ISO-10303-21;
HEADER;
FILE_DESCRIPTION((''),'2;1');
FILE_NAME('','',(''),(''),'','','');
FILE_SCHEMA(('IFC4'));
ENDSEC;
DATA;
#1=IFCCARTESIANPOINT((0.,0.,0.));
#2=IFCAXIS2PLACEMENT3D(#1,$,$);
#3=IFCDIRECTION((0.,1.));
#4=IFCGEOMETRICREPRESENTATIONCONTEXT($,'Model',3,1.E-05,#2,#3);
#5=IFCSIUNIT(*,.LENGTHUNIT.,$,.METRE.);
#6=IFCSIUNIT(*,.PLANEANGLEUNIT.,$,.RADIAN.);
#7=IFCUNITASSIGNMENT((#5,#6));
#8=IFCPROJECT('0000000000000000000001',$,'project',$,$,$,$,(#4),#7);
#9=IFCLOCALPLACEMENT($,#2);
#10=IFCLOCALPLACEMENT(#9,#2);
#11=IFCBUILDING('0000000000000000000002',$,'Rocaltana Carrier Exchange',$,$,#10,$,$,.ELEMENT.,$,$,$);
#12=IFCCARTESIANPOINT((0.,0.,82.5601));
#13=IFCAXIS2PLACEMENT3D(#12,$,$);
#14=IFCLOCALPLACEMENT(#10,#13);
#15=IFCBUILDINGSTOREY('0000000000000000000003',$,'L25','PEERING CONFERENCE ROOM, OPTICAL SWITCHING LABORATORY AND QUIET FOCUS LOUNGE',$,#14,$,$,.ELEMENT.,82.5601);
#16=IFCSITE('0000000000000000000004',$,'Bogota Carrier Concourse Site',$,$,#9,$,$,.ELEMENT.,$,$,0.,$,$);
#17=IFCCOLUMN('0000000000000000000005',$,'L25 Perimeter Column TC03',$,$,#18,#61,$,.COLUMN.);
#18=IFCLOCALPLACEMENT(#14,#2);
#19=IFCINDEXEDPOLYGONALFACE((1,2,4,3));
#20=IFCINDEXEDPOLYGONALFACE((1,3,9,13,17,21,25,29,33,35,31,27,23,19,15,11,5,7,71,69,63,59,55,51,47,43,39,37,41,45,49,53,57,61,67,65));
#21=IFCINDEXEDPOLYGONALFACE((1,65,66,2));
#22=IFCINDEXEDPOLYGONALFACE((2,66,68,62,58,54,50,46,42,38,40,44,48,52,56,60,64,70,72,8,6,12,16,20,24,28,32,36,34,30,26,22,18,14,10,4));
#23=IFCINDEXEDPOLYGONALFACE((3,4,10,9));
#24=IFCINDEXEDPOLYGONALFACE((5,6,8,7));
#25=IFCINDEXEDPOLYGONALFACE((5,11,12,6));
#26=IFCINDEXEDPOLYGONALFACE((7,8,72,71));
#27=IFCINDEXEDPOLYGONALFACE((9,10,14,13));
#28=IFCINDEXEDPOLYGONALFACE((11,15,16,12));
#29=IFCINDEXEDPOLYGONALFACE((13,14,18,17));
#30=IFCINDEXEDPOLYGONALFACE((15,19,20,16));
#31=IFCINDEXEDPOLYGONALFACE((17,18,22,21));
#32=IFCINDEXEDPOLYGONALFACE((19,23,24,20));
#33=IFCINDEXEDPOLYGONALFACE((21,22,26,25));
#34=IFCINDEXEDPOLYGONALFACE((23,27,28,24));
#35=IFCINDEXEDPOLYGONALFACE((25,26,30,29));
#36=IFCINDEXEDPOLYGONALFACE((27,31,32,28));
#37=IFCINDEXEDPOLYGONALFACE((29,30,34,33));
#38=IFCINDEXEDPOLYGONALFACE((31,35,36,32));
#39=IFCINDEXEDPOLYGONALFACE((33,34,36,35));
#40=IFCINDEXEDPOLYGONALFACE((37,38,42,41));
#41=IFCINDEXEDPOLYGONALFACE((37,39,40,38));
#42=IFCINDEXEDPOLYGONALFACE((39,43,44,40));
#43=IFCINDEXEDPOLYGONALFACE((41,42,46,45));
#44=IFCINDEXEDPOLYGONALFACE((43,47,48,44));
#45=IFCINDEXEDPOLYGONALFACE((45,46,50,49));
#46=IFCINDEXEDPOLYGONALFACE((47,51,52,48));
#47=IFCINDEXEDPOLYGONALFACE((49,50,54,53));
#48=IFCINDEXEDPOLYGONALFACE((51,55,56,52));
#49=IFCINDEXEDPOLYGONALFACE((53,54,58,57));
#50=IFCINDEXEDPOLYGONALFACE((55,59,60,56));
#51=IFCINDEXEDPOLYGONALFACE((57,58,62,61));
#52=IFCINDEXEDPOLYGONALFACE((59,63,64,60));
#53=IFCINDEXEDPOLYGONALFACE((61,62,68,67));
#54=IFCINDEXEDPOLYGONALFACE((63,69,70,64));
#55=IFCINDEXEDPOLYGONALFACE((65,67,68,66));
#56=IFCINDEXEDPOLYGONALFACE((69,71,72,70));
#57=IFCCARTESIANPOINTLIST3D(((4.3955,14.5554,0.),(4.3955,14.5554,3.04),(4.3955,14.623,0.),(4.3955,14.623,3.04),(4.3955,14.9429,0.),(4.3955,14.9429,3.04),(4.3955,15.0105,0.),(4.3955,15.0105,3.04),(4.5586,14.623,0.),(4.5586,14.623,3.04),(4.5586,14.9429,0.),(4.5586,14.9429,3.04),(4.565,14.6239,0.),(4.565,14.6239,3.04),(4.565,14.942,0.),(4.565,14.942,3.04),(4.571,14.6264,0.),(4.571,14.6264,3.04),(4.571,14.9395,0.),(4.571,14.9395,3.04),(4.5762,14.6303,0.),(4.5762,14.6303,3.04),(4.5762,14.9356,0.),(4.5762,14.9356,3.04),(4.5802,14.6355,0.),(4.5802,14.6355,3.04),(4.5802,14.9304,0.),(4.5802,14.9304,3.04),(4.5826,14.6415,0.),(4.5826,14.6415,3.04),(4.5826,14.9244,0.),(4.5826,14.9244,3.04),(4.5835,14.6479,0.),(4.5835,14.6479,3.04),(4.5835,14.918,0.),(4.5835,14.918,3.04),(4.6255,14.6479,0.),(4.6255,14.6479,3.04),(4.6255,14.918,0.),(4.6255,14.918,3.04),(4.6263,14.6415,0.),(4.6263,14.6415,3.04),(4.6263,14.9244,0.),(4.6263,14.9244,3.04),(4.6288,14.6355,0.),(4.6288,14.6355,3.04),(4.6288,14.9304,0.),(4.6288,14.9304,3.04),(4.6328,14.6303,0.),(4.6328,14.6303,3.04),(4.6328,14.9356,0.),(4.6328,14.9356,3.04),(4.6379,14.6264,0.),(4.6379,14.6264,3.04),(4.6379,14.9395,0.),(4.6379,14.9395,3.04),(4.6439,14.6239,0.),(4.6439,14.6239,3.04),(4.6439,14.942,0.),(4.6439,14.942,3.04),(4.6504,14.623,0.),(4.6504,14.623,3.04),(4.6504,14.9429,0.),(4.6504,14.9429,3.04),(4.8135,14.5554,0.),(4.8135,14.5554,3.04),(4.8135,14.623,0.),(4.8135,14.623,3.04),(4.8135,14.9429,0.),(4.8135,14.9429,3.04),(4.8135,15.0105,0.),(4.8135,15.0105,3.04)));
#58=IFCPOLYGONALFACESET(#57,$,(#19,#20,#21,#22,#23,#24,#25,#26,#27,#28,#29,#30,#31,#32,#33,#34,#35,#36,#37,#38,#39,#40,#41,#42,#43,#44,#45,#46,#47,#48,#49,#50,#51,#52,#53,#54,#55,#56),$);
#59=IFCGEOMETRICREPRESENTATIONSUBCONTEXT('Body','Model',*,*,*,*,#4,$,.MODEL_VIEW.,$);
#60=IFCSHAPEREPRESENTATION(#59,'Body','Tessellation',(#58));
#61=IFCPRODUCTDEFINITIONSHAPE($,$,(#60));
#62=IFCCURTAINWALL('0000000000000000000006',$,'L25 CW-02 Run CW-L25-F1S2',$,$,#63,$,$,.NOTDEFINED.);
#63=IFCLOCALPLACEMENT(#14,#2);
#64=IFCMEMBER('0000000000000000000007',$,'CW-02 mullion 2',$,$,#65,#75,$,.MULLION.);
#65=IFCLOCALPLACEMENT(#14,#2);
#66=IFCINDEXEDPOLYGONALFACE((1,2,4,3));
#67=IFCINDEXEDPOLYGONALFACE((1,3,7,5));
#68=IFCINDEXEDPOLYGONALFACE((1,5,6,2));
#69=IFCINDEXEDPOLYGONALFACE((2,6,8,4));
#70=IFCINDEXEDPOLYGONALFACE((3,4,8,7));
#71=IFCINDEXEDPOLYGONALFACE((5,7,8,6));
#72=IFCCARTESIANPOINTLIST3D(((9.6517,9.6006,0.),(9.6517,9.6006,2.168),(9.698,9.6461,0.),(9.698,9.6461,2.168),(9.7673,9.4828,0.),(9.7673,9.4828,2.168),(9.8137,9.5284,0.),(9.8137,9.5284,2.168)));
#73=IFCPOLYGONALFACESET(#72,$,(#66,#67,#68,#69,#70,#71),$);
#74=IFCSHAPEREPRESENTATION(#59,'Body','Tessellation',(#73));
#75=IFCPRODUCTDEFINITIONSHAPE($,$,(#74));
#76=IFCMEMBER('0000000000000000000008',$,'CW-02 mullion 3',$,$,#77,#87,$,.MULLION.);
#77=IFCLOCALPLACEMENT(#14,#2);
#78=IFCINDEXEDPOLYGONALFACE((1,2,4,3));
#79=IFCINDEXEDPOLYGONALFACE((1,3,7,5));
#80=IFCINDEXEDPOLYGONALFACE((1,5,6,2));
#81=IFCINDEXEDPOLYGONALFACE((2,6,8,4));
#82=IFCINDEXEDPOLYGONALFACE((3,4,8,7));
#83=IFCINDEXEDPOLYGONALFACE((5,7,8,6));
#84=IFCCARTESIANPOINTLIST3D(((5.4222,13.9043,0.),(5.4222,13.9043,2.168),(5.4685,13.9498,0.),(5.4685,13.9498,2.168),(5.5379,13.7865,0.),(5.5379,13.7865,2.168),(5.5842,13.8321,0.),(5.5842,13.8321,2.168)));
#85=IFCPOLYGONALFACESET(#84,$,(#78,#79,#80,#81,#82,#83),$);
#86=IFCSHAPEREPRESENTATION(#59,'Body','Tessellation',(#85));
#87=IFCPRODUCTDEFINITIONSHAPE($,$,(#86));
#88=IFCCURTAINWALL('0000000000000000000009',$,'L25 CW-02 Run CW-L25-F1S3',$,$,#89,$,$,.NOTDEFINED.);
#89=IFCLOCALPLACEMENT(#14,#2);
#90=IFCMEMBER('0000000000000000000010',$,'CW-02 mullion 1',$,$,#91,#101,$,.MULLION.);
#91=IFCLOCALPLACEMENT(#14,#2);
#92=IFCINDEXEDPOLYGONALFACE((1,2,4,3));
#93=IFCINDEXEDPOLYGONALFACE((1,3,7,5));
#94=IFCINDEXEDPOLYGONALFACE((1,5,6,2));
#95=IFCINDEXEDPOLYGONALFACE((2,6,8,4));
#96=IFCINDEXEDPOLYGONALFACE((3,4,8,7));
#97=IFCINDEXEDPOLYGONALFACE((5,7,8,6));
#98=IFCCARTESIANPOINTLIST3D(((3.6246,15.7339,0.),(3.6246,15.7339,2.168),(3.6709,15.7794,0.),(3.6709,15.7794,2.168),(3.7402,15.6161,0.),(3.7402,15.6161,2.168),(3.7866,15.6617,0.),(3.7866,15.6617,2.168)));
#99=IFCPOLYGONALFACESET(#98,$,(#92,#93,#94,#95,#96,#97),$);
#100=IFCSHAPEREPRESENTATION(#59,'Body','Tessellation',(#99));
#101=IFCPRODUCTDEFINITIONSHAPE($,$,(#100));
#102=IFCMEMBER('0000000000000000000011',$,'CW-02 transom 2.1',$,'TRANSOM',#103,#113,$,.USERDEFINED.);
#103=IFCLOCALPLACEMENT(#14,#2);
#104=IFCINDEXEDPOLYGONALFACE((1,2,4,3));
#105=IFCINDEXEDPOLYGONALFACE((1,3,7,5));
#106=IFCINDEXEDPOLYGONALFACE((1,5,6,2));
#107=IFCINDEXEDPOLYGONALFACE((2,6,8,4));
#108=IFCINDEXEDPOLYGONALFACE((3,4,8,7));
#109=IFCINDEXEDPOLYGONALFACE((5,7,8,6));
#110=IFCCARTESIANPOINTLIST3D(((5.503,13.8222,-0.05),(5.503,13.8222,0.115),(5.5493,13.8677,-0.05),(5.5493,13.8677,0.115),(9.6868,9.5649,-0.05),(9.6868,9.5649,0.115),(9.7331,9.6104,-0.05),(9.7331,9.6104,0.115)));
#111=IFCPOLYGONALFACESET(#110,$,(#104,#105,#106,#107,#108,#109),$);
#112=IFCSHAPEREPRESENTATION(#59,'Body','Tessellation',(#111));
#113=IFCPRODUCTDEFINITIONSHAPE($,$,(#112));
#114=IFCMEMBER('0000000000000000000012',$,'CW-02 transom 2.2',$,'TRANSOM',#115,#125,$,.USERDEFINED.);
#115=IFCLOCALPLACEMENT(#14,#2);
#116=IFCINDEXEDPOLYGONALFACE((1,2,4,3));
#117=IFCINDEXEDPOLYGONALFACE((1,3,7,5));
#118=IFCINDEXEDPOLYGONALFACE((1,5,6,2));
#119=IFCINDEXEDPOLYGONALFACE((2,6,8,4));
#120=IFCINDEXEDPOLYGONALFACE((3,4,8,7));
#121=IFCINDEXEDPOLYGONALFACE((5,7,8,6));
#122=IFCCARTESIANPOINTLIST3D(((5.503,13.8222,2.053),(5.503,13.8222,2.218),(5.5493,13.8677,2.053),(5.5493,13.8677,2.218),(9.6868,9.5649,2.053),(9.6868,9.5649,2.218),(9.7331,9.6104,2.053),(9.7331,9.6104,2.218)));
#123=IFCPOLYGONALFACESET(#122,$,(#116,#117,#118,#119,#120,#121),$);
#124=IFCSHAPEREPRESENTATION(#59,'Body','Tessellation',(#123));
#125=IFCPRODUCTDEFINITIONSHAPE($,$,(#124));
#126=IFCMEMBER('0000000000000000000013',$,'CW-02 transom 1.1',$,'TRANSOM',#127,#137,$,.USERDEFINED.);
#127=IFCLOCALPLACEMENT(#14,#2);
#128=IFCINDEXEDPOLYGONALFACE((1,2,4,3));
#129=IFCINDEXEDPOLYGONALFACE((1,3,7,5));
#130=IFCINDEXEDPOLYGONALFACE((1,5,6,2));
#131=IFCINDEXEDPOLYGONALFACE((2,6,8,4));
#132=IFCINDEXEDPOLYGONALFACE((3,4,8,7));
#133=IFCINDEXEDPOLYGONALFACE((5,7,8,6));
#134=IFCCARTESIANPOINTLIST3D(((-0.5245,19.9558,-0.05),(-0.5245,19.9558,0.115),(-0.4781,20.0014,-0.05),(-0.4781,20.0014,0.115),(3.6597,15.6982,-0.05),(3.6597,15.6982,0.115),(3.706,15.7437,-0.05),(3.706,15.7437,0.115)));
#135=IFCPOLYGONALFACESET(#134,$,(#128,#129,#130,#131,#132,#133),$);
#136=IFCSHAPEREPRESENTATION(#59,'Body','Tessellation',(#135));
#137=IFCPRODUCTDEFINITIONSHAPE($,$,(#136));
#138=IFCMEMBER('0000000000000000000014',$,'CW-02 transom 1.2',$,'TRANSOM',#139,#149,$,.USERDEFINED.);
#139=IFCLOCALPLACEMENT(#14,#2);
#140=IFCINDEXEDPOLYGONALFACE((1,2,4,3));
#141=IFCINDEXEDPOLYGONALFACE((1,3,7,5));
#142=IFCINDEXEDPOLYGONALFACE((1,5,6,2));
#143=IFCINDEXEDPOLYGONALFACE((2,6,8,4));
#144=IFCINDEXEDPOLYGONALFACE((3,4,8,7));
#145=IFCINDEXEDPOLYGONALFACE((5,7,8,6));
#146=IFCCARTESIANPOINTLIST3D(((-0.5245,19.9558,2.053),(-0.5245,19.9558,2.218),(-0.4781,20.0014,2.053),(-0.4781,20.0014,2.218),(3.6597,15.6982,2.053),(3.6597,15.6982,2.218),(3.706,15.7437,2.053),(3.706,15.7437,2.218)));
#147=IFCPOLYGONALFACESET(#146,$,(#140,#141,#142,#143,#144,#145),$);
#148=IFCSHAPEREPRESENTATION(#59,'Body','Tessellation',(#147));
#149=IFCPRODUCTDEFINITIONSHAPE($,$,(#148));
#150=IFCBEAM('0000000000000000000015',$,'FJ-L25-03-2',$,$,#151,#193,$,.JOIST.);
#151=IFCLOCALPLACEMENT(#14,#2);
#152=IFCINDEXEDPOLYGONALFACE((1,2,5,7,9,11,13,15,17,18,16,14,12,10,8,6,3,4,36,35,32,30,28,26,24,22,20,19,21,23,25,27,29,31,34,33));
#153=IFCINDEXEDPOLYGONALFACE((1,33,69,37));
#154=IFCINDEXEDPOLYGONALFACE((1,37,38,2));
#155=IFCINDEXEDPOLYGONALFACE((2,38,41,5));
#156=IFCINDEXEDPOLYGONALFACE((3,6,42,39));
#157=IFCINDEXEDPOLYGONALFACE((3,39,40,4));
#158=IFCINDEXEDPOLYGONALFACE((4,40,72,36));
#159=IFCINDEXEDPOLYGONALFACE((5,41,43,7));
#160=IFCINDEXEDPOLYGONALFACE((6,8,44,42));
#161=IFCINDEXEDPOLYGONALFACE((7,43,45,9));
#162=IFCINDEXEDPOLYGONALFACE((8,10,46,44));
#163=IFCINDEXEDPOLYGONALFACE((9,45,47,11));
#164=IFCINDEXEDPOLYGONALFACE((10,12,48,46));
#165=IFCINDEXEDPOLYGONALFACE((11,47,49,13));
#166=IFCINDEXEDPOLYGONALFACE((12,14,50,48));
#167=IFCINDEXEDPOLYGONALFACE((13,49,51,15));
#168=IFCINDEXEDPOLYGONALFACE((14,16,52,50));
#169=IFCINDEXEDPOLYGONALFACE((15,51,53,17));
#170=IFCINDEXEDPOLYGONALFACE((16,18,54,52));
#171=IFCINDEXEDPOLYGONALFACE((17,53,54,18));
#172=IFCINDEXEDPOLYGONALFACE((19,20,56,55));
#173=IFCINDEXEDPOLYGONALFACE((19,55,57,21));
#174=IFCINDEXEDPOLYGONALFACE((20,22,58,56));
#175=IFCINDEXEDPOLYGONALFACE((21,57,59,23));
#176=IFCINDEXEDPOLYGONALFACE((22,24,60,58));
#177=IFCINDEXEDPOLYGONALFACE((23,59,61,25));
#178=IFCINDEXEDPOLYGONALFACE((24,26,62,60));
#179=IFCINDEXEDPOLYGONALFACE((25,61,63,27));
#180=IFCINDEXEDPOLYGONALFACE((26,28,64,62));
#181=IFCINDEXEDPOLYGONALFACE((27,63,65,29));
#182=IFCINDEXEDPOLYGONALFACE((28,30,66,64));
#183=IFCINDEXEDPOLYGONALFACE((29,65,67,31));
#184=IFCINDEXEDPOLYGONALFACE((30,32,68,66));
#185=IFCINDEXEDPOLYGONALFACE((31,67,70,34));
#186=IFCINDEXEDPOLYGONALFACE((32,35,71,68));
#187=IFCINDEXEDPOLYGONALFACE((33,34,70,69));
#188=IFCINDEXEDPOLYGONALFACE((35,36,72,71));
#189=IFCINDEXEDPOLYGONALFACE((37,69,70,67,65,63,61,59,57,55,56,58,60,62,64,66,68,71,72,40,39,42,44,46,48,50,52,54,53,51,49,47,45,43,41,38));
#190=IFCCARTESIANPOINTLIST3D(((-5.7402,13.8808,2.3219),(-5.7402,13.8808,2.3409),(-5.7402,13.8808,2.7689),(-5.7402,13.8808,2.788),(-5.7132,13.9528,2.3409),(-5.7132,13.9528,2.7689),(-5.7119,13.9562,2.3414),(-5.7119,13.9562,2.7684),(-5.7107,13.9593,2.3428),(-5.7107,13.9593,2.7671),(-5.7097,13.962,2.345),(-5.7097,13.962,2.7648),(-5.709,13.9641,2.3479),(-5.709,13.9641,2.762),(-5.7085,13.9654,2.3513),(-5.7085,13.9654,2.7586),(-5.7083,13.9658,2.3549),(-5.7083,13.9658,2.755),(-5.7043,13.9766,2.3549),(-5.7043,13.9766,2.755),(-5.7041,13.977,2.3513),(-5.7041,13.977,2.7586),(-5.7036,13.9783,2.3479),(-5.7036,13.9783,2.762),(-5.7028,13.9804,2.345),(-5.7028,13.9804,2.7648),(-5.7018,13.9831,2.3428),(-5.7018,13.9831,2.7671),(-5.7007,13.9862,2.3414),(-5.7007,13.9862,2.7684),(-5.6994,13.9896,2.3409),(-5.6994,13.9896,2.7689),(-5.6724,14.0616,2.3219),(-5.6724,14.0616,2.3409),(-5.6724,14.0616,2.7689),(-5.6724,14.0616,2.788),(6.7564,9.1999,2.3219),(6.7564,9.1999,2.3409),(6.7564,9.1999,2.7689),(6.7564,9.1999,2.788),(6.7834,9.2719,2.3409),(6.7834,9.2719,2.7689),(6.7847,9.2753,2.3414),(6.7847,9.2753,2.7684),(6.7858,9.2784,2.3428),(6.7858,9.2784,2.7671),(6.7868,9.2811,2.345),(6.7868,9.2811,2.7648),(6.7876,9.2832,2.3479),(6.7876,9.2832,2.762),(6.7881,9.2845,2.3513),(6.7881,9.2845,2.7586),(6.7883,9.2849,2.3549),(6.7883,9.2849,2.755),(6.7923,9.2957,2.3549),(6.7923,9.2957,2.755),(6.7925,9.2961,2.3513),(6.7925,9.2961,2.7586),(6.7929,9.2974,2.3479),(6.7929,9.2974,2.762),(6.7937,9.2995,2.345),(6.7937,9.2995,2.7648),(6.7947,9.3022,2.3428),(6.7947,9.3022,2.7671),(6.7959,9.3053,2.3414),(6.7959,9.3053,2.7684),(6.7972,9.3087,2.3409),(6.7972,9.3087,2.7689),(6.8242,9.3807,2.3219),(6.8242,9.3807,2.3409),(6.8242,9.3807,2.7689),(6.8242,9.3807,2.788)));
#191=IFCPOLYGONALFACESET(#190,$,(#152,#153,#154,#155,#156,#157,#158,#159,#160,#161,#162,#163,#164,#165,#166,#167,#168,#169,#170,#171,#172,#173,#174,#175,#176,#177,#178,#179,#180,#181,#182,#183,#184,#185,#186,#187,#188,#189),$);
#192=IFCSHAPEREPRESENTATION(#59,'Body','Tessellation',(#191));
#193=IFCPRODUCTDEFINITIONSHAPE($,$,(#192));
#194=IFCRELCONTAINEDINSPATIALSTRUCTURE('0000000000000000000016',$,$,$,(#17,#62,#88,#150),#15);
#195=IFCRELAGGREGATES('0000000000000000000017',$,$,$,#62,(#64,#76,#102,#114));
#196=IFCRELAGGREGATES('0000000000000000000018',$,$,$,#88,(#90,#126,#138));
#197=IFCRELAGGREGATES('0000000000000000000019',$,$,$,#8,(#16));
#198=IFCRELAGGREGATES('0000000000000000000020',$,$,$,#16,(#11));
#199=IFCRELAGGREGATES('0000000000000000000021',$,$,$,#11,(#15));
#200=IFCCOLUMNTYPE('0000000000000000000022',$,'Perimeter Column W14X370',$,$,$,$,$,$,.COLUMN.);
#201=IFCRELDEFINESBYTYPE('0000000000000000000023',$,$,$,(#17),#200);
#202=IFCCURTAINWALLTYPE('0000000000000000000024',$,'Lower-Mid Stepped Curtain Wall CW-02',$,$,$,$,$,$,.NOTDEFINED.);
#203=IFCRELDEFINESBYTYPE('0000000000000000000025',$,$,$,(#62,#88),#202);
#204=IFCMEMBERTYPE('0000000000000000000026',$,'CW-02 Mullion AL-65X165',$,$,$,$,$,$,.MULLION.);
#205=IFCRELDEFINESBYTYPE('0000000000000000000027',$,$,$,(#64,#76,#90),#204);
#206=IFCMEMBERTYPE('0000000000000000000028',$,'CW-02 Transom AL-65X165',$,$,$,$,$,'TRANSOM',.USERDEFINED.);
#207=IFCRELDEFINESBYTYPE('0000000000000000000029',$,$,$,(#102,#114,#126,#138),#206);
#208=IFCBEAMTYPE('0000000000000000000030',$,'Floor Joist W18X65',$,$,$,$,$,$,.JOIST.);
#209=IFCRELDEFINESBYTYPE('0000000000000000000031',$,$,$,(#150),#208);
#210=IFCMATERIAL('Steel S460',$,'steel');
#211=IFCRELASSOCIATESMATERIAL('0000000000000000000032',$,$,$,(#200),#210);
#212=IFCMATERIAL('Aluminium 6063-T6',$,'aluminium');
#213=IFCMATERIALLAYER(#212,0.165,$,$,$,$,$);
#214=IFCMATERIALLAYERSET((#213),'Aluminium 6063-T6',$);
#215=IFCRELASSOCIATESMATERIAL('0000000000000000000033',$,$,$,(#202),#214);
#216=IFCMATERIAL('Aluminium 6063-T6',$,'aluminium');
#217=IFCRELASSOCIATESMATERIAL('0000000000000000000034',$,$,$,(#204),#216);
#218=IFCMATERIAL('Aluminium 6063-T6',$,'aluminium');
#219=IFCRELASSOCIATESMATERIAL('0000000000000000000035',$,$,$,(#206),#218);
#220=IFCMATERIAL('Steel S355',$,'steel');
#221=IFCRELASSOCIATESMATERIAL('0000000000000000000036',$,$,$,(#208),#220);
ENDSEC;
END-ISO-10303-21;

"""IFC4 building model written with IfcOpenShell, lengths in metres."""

from ifc_helpers import new_model, si_unit, direction, frame, origin, origin_2d, place, context, subcontext, project, spatial, rectangle, i_section, extrude, material, layer, layer_set, material_profile, profile_set, type_object, element, aggregate, save


model = new_model("IFC4")

# Units and contexts
model_context = context("Model", 3, precision=1e-05, world=origin(), true_north=direction((0.0, 1.0)))
body_context = subcontext(model_context, "Body", "Model", "MODEL_VIEW")
ifc_project = project(units=[si_unit("LENGTHUNIT", "METRE"), si_unit("PLANEANGLEUNIT", "RADIAN")], contexts=[model_context])

# Site, building, storey
site_placement = place(None, origin())
site = spatial("IfcSite", under=ifc_project, at=site_placement, Name="Bogota Carrier Concourse Site", CompositionType="ELEMENT", RefElevation=0.0)
building_placement = place(site_placement, origin())
building = spatial("IfcBuilding", under=site, at=building_placement, Name="Rocaltana Carrier Exchange", CompositionType="ELEMENT")
storey_placement = place(building_placement, frame((0.0, 0.0, 82.5601)))
storey = spatial("IfcBuildingStorey", under=building, at=storey_placement, Name="L25", Description="PEERING CONFERENCE ROOM, OPTICAL SWITCHING LABORATORY AND QUIET FOCUS LOUNGE", CompositionType="ELEMENT", Elevation=82.5601)

# Column
ifc_material_1 = material(Name="Steel S460", Category="steel")
ifc_material_profile_1 = material_profile(ifc_material_1, i_section(OverallWidth=0.418, OverallDepth=0.4551, WebThickness=0.042, FlangeThickness=0.0676, FilletRadius=0.0249, at=origin_2d()), Name="W14X370")
ifc_profile_set_1 = profile_set([ifc_material_profile_1], Name="Steel S460")
column_type = type_object("IfcColumnType", Name="Perimeter Column W14X370", PredefinedType="COLUMN", material=ifc_profile_set_1)
column_placement = place(storey_placement, frame((4.6045, 14.783, 0.0), z_axis=(0.0, 0.0, 1.0), x_axis=(1.0, 0.0, 0.0)))
element("IfcColumn", 1, at=column_placement, inside=storey, type_object=column_type, Name="L25 Perimeter Column TC03", PredefinedType="COLUMN", context=body_context, shape_type="SweptSolid", body=[
    extrude(i_section(OverallWidth=0.418, OverallDepth=0.4551, WebThickness=0.042, FlangeThickness=0.0676, FilletRadius=0.0249, at=origin_2d()), origin(), (0.0, 0.0, 1.0), 3.04),
])

# Curtain wall, members
ifc_material_2 = material(Name="Aluminium 6063-T6", Category="aluminium")
ifc_layer_1 = layer(ifc_material_2, 0.165)
ifc_layer_set_1 = layer_set([ifc_layer_1], Name="Aluminium 6063-T6")
curtain_wall_type = type_object("IfcCurtainWallType", Name="Lower-Mid Stepped Curtain Wall CW-02", PredefinedType="NOTDEFINED", material=ifc_layer_set_1)
curtain_wall_1_placement = place(storey_placement, origin())
curtain_wall_1 = element("IfcCurtainWall", 2, at=curtain_wall_1_placement, inside=storey, type_object=curtain_wall_type, Name="L25 CW-02 Run CW-L25-F1S2", PredefinedType="NOTDEFINED")
ifc_material_3 = material(Name="Aluminium 6063-T6", Category="aluminium")
ifc_material_profile_2 = material_profile(ifc_material_3, rectangle(XDim=0.0649, YDim=0.165, at=origin_2d()), Name="AL-65X165")
ifc_profile_set_2 = profile_set([ifc_material_profile_2], Name="Aluminium 6063-T6")
member_type_1 = type_object("IfcMemberType", Name="CW-02 Mullion AL-65X165", PredefinedType="MULLION", material=ifc_profile_set_2)
member_1_placement = place(storey_placement, frame((9.7327, 9.5645, 0.0), z_axis=(0.0, 0.0, 1.0), x_axis=(-0.713245, -0.700915, 0.0)))
member_1 = element("IfcMember", 3, at=member_1_placement, type_object=member_type_1, Name="CW-02 mullion 2", PredefinedType="MULLION", context=body_context, shape_type="SweptSolid", body=[
    extrude(rectangle(XDim=0.0649, YDim=0.165, at=origin_2d()), origin(), (0.0, 0.0, 1.0), 2.168),
])
member_2_placement = place(storey_placement, frame((5.5032, 13.8682, 0.0), z_axis=(0.0, 0.0, 1.0), x_axis=(-0.713245, -0.700915, 0.0)))
member_2 = element("IfcMember", 4, at=member_2_placement, type_object=member_type_1, Name="CW-02 mullion 3", PredefinedType="MULLION", context=body_context, shape_type="SweptSolid", body=[
    extrude(rectangle(XDim=0.0649, YDim=0.165, at=origin_2d()), origin(), (0.0, 0.0, 1.0), 2.168),
])

# Curtain wall, member
curtain_wall_2_placement = place(storey_placement, origin())
curtain_wall_2 = element("IfcCurtainWall", 5, at=curtain_wall_2_placement, inside=storey, type_object=curtain_wall_type, Name="L25 CW-02 Run CW-L25-F1S3", PredefinedType="NOTDEFINED")
member_3_placement = place(storey_placement, frame((3.7056, 15.6978, 0.0), z_axis=(0.0, 0.0, 1.0), x_axis=(-0.713245, -0.700915, 0.0)))
member_3 = element("IfcMember", 6, at=member_3_placement, type_object=member_type_1, Name="CW-02 mullion 1", PredefinedType="MULLION", context=body_context, shape_type="SweptSolid", body=[
    extrude(rectangle(XDim=0.0649, YDim=0.165, at=origin_2d()), origin(), (0.0, 0.0, 1.0), 2.168),
])

# Members
ifc_material_4 = material(Name="Aluminium 6063-T6", Category="aluminium")
ifc_material_profile_3 = material_profile(ifc_material_4, rectangle(XDim=0.0649, YDim=0.165, at=origin_2d()), Name="AL-65X165")
ifc_profile_set_3 = profile_set([ifc_material_profile_3], Name="Aluminium 6063-T6")
member_type_2 = type_object("IfcMemberType", Name="CW-02 Transom AL-65X165", ElementType="TRANSOM", PredefinedType="USERDEFINED", material=ifc_profile_set_3)
member_4_placement = place(storey_placement, frame((9.71, 9.5876, 0.0325), z_axis=(-0.700924, 0.713236, 0.0), x_axis=(-0.713236, -0.700924, 0.0)))
member_4 = element("IfcMember", 7, at=member_4_placement, type_object=member_type_2, Name="CW-02 transom 2.1", ObjectType="TRANSOM", PredefinedType="USERDEFINED", context=body_context, shape_type="SweptSolid", body=[
    extrude(rectangle(XDim=0.0649, YDim=0.165, at=origin_2d()), origin(), (0.0, 0.0, 1.0), 5.969),
])
member_5_placement = place(storey_placement, frame((9.71, 9.5876, 2.1355), z_axis=(-0.700924, 0.713236, 0.0), x_axis=(-0.713236, -0.700924, 0.0)))
member_5 = element("IfcMember", 8, at=member_5_placement, type_object=member_type_2, Name="CW-02 transom 2.2", ObjectType="TRANSOM", PredefinedType="USERDEFINED", context=body_context, shape_type="SweptSolid", body=[
    extrude(rectangle(XDim=0.0649, YDim=0.165, at=origin_2d()), origin(), (0.0, 0.0, 1.0), 5.969),
])
member_6_placement = place(storey_placement, frame((3.6829, 15.7209, 0.0325), z_axis=(-0.700925, 0.713235, 0.0), x_axis=(-0.713235, -0.700925, 0.0)))
member_6 = element("IfcMember", 9, at=member_6_placement, type_object=member_type_2, Name="CW-02 transom 1.1", ObjectType="TRANSOM", PredefinedType="USERDEFINED", context=body_context, shape_type="SweptSolid", body=[
    extrude(rectangle(XDim=0.0649, YDim=0.165, at=origin_2d()), origin(), (0.0, 0.0, 1.0), 5.9695),
])
member_7_placement = place(storey_placement, frame((3.6829, 15.7209, 2.1355), z_axis=(-0.700925, 0.713235, 0.0), x_axis=(-0.713235, -0.700925, 0.0)))
member_7 = element("IfcMember", 10, at=member_7_placement, type_object=member_type_2, Name="CW-02 transom 1.2", ObjectType="TRANSOM", PredefinedType="USERDEFINED", context=body_context, shape_type="SweptSolid", body=[
    extrude(rectangle(XDim=0.0649, YDim=0.165, at=origin_2d()), origin(), (0.0, 0.0, 1.0), 5.9695),
])

# Beam
ifc_material_5 = material(Name="Steel S355", Category="steel")
ifc_material_profile_4 = material_profile(ifc_material_5, i_section(OverallWidth=0.1931, OverallDepth=0.4661, WebThickness=0.0115, FlangeThickness=0.019, FilletRadius=0.0139, at=origin_2d()), Name="W18X65")
ifc_profile_set_4 = profile_set([ifc_material_profile_4], Name="Steel S355")
beam_type_1 = type_object("IfcBeamType", Name="Floor Joist W18X65", PredefinedType="JOIST", material=ifc_profile_set_4)
beam_1_placement = place(storey_placement, frame((6.7903, 9.2903, 2.5549), z_axis=(-0.93646, 0.350775, 0.0), x_axis=(-0.350775, -0.93646, 0.0)))
element("IfcBeam", 11, at=beam_1_placement, inside=storey, type_object=beam_type_1, Name="FJ-L25-03-2", PredefinedType="JOIST", context=body_context, shape_type="SweptSolid", body=[
    extrude(i_section(OverallWidth=0.1931, OverallDepth=0.4661, WebThickness=0.0115, FlangeThickness=0.019, FilletRadius=0.0139, at=origin_2d()), origin(), (0.0, 0.0, 1.0), 13.3445),
])

aggregate(curtain_wall_1, [member_1, member_2, member_4, member_5])
aggregate(curtain_wall_2, [member_3, member_6, member_7])

save(model, "model.ifc")
